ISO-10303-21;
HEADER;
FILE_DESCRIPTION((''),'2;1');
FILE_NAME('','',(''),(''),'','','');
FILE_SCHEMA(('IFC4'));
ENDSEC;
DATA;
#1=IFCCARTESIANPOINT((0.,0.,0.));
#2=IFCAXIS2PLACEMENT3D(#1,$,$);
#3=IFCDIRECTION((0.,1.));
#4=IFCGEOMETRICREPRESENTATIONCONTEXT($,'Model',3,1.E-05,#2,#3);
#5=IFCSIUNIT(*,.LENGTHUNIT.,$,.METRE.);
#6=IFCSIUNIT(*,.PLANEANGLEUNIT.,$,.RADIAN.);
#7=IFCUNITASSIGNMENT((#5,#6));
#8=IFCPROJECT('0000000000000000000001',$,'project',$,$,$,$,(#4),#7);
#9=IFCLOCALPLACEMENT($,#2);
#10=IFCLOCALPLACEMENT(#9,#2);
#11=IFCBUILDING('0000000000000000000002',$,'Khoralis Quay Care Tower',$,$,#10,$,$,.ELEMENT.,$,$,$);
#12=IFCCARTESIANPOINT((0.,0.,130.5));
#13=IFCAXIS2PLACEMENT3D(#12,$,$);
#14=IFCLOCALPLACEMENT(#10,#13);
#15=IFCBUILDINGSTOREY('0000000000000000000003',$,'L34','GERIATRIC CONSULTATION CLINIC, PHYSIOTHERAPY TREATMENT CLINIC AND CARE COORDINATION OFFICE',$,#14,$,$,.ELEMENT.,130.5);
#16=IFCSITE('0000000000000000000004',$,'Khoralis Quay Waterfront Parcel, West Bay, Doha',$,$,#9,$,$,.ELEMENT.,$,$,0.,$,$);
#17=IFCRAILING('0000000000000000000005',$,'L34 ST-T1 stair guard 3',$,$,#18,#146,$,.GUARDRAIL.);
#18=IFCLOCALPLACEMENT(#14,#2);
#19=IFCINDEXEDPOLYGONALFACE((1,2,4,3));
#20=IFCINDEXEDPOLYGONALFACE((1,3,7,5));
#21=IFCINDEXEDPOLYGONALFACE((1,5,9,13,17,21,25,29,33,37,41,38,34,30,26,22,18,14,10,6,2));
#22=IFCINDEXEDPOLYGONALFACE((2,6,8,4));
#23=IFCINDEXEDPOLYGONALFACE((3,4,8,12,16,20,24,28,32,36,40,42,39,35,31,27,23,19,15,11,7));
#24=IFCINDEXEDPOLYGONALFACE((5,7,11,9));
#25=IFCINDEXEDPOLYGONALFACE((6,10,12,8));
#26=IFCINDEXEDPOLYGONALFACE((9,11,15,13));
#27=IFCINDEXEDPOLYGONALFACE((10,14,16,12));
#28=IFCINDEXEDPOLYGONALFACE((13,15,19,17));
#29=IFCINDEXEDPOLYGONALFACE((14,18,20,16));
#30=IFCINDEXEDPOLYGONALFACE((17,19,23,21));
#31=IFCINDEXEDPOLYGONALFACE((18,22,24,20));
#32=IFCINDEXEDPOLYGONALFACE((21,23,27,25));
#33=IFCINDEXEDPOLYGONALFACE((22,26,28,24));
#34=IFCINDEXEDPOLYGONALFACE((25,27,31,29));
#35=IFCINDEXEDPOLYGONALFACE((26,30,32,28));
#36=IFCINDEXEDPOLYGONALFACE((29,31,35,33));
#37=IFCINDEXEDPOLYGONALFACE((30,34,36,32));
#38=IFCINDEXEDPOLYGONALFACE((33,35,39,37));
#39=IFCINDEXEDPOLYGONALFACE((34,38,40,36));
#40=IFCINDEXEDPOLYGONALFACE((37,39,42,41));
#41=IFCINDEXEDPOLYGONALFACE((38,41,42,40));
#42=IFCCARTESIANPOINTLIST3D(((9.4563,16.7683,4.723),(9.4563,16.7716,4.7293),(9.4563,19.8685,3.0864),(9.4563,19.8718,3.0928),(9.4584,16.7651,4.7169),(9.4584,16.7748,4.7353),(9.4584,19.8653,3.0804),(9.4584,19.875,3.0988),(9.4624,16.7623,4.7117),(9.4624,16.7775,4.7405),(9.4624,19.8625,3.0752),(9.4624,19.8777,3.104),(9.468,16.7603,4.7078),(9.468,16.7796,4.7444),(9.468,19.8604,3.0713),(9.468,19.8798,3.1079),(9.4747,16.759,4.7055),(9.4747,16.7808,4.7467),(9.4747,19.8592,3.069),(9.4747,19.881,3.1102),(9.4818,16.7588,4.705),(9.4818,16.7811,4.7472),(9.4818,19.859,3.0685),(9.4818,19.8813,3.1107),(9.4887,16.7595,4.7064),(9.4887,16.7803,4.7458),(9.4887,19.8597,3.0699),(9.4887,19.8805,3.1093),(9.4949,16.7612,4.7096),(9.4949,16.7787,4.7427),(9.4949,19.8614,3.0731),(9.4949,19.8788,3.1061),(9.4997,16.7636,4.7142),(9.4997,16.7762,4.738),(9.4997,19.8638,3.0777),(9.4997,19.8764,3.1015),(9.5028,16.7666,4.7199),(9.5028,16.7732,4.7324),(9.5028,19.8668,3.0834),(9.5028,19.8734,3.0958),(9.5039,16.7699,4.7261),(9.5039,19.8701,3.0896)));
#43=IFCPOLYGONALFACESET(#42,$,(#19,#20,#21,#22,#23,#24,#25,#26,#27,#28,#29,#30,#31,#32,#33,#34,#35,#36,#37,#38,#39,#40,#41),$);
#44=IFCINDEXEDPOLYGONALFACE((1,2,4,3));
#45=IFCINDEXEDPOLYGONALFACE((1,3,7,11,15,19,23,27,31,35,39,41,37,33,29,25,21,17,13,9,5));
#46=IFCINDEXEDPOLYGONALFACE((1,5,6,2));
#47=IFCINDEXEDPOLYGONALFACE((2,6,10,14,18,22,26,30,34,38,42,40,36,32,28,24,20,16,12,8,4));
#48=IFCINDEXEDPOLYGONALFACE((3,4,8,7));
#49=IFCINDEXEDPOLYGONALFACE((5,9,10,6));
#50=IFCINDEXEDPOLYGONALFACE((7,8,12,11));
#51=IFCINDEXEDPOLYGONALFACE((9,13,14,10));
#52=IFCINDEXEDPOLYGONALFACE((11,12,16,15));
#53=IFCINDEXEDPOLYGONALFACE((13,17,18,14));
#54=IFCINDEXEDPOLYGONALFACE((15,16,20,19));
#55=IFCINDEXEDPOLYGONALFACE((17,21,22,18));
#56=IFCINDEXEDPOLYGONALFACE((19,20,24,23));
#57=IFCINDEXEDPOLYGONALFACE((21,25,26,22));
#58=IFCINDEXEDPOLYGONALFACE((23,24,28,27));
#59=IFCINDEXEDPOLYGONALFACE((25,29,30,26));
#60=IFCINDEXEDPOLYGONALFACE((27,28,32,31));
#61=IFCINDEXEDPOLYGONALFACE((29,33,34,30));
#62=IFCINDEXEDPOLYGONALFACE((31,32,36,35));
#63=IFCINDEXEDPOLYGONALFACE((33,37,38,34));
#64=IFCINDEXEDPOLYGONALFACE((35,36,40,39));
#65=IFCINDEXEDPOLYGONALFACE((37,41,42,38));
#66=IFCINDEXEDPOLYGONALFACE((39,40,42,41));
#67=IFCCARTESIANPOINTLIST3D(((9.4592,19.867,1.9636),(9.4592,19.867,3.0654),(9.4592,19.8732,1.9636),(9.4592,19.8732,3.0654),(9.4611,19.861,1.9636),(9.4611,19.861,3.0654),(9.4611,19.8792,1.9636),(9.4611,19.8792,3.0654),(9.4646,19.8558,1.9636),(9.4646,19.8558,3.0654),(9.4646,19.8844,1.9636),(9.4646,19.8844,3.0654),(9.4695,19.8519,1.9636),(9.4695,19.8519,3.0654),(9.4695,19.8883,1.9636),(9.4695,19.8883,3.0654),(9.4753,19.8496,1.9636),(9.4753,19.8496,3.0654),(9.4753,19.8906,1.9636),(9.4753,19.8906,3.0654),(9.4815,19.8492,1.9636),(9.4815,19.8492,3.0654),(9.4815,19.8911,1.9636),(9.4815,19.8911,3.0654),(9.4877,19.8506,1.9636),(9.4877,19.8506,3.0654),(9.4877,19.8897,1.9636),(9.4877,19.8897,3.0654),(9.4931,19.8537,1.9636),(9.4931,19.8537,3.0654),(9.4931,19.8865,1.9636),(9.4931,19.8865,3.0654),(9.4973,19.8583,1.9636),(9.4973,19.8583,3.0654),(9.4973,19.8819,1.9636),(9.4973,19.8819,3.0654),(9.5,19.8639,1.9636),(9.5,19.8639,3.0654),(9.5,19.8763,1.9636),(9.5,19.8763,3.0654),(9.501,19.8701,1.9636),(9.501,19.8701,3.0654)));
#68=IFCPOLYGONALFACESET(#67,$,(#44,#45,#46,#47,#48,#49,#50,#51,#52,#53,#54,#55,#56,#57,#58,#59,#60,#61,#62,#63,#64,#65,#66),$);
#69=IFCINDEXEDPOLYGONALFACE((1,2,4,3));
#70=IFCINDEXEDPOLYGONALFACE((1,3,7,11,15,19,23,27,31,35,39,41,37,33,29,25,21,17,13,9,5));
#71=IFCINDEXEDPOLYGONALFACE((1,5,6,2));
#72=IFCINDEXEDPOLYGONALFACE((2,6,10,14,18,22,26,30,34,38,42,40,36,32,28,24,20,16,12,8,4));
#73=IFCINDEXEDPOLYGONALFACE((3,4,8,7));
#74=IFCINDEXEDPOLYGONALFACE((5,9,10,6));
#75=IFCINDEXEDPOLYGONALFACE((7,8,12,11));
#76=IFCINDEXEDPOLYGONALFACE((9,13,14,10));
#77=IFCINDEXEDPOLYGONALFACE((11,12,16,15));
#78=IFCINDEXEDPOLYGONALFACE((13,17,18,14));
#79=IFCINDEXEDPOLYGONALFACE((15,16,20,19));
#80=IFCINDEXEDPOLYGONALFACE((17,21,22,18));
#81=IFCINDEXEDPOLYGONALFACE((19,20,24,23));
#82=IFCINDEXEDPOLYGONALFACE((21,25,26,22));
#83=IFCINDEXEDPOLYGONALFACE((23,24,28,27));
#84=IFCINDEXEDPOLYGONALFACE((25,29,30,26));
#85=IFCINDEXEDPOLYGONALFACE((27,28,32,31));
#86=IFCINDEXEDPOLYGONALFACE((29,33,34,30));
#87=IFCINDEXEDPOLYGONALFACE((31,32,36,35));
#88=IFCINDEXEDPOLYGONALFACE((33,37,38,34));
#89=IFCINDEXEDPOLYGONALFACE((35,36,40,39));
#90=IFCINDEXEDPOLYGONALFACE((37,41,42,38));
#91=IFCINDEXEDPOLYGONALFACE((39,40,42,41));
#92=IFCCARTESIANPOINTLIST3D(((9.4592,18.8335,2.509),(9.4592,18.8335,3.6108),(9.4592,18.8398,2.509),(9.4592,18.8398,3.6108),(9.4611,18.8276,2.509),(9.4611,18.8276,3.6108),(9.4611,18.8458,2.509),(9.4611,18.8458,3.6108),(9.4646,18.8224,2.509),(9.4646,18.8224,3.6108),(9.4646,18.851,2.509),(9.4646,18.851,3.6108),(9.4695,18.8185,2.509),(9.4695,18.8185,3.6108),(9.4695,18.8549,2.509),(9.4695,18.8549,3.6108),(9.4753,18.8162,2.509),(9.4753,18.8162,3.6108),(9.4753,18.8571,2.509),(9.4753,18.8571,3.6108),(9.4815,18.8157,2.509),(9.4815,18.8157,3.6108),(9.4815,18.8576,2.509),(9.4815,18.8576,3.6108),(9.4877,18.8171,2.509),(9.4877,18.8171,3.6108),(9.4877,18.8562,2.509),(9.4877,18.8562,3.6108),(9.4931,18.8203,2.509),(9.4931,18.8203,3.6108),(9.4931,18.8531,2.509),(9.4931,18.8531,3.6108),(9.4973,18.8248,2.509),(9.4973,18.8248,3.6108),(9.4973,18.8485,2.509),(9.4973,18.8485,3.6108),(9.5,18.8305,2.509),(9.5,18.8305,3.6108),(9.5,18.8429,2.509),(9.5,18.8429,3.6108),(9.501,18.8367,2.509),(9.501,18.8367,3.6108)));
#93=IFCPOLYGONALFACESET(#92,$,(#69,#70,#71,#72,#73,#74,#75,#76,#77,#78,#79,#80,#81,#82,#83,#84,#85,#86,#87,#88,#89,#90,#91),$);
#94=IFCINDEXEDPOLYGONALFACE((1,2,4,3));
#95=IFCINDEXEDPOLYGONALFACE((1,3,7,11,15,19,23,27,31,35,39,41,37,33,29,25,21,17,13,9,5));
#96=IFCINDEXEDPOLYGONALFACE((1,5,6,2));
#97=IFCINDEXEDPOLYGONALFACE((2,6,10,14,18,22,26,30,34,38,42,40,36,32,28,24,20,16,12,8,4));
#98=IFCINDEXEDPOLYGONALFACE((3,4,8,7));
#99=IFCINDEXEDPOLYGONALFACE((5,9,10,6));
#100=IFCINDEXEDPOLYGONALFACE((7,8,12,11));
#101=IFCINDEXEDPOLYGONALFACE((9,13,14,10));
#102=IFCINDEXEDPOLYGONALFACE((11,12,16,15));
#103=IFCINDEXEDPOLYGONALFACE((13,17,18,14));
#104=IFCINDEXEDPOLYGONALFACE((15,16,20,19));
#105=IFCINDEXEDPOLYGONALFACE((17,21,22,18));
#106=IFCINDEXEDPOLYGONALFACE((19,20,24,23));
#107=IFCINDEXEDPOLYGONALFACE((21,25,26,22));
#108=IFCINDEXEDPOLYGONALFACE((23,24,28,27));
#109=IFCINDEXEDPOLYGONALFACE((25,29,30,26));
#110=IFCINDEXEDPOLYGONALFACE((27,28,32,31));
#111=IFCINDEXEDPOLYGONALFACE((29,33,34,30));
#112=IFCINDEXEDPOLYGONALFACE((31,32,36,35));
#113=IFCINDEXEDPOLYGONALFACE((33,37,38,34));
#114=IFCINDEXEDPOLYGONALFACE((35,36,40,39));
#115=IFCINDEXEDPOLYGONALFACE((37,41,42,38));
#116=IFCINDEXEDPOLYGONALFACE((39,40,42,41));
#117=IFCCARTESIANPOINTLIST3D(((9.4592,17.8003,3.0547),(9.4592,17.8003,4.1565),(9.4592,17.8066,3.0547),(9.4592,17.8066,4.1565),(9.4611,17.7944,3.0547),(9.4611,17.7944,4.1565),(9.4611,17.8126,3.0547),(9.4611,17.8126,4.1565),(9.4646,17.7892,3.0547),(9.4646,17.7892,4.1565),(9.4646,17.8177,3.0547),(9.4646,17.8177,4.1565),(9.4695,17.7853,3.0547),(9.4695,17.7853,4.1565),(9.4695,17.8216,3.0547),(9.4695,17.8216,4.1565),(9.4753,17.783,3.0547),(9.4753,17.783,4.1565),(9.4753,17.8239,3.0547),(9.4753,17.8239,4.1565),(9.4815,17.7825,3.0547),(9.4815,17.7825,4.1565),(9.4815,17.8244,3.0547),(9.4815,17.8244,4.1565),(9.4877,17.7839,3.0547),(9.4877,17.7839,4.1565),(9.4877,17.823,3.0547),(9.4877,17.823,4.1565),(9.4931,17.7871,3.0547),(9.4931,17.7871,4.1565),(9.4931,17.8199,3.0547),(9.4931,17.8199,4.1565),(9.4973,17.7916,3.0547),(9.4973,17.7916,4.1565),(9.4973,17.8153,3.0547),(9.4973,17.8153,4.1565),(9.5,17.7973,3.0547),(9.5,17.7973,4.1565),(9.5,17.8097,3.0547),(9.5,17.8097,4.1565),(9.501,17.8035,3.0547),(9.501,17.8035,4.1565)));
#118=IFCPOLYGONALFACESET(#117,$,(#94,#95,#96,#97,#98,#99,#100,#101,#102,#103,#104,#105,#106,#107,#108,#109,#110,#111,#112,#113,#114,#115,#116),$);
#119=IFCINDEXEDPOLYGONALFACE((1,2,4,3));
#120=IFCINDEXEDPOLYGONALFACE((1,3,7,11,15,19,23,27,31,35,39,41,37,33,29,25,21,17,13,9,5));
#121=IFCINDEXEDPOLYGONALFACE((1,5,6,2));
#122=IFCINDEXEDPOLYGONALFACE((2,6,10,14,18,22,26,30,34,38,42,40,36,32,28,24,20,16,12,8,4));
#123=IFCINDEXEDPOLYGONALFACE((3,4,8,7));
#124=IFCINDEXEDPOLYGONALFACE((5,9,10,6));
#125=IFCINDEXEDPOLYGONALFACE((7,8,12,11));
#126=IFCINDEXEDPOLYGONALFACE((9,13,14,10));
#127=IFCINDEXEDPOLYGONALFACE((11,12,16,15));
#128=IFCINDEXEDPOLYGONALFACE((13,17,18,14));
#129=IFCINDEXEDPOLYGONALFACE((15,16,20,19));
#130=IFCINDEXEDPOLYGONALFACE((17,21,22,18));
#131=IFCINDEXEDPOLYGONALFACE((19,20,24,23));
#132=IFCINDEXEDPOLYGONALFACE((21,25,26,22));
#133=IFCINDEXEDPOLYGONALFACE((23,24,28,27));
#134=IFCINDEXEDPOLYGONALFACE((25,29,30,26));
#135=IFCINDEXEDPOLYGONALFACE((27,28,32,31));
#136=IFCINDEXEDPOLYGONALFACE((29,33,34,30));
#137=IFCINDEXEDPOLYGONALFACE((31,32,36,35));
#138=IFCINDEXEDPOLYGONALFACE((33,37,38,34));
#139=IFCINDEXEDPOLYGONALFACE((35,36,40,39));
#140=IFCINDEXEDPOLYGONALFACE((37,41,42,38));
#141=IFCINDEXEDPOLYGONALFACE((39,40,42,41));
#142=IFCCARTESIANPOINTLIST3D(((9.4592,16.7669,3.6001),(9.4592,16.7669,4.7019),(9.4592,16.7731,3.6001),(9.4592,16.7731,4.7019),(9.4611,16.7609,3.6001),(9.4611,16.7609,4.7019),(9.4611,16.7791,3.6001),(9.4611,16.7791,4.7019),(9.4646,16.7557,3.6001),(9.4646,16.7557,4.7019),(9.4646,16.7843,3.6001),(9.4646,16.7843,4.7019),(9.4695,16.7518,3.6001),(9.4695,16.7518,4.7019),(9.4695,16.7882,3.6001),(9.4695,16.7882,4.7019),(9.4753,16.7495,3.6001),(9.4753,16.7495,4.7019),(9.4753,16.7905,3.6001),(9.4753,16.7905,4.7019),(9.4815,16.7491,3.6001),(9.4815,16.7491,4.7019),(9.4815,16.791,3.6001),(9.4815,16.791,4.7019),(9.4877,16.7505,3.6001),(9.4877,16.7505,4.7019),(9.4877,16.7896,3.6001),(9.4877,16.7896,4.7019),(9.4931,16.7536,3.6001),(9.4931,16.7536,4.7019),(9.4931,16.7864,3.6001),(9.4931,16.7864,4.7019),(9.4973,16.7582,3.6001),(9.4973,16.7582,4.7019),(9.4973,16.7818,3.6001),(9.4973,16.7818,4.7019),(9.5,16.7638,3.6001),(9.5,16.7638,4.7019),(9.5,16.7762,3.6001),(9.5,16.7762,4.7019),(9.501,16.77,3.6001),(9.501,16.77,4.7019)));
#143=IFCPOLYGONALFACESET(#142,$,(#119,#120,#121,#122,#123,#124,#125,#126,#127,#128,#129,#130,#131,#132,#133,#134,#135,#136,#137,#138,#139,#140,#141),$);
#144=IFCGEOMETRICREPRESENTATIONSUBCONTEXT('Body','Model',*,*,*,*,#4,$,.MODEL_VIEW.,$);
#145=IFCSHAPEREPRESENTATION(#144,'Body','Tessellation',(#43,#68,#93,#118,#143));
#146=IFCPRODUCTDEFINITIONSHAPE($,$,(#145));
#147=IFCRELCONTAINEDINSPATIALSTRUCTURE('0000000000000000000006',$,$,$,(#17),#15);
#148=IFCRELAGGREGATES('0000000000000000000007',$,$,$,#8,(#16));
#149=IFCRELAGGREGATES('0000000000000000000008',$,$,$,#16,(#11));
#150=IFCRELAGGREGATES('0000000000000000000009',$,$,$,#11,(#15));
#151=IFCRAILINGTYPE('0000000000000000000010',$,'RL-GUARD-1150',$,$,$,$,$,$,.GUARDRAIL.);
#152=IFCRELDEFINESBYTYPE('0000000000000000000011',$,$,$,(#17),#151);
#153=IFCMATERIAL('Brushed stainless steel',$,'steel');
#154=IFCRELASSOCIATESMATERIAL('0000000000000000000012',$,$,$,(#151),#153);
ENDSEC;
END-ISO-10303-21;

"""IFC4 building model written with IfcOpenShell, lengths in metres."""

from ifc_helpers import new_model, si_unit, direction, frame, origin, origin_2d, place, context, subcontext, project, spatial, circle, extrude, material, type_object, element, save


model = new_model("IFC4")

# Units and contexts
model_context = context("Model", 3, precision=1e-05, world=origin(), true_north=direction((0.0, 1.0)))
body_context = subcontext(model_context, "Body", "Model", "MODEL_VIEW")
ifc_project = project(units=[si_unit("LENGTHUNIT", "METRE"), si_unit("PLANEANGLEUNIT", "RADIAN")], contexts=[model_context])

# Site, building, storey
site_placement = place(None, origin())
site = spatial("IfcSite", under=ifc_project, at=site_placement, Name="Khoralis Quay Waterfront Parcel, West Bay, Doha", CompositionType="ELEMENT", RefElevation=0.0)
building_placement = place(site_placement, origin())
building = spatial("IfcBuilding", under=site, at=building_placement, Name="Khoralis Quay Care Tower", CompositionType="ELEMENT")
storey_placement = place(building_placement, frame((0.0, 0.0, 130.5)))
storey = spatial("IfcBuildingStorey", under=building, at=storey_placement, Name="L34", Description="GERIATRIC CONSULTATION CLINIC, PHYSIOTHERAPY TREATMENT CLINIC AND CARE COORDINATION OFFICE", CompositionType="ELEMENT", Elevation=130.5)

# Railing
ifc_material_1 = material(Name="Brushed stainless steel", Category="steel")
railing_type_1 = type_object("IfcRailingType", Name="RL-GUARD-1150", PredefinedType="GUARDRAIL", material=ifc_material_1)
railing_1_placement = place(storey_placement, frame((9.48, 19.8701, 1.9636)))
element("IfcRailing", 1, at=railing_1_placement, inside=storey, type_object=railing_type_1, Name="L34 ST-T1 stair guard 3", PredefinedType="GUARDRAIL", context=body_context, shape_type="SweptSolid", body=[
    extrude(circle(Radius=0.0239, at=origin_2d()), frame((0.0, 0.0, 1.126), z_axis=(0.0, -0.884348, 0.466828), x_axis=(1.0, 0.0, 0.0)), (0.0, 0.0, 1.0), 3.5056),
    extrude(circle(Radius=0.021, at=origin_2d()), origin(), (0.0, 0.0, 1.0), 1.1018),
    extrude(circle(Radius=0.021, at=origin_2d()), frame((0.0, -1.0334, 0.5454)), (0.0, 0.0, 1.0), 1.1018),
    extrude(circle(Radius=0.021, at=origin_2d()), frame((0.0, -2.0667, 1.0911)), (0.0, 0.0, 1.0), 1.1018),
    extrude(circle(Radius=0.021, at=origin_2d()), frame((0.0, -3.1001, 1.6365)), (0.0, 0.0, 1.0), 1.1018),
])

save(model, "model.ifc")
